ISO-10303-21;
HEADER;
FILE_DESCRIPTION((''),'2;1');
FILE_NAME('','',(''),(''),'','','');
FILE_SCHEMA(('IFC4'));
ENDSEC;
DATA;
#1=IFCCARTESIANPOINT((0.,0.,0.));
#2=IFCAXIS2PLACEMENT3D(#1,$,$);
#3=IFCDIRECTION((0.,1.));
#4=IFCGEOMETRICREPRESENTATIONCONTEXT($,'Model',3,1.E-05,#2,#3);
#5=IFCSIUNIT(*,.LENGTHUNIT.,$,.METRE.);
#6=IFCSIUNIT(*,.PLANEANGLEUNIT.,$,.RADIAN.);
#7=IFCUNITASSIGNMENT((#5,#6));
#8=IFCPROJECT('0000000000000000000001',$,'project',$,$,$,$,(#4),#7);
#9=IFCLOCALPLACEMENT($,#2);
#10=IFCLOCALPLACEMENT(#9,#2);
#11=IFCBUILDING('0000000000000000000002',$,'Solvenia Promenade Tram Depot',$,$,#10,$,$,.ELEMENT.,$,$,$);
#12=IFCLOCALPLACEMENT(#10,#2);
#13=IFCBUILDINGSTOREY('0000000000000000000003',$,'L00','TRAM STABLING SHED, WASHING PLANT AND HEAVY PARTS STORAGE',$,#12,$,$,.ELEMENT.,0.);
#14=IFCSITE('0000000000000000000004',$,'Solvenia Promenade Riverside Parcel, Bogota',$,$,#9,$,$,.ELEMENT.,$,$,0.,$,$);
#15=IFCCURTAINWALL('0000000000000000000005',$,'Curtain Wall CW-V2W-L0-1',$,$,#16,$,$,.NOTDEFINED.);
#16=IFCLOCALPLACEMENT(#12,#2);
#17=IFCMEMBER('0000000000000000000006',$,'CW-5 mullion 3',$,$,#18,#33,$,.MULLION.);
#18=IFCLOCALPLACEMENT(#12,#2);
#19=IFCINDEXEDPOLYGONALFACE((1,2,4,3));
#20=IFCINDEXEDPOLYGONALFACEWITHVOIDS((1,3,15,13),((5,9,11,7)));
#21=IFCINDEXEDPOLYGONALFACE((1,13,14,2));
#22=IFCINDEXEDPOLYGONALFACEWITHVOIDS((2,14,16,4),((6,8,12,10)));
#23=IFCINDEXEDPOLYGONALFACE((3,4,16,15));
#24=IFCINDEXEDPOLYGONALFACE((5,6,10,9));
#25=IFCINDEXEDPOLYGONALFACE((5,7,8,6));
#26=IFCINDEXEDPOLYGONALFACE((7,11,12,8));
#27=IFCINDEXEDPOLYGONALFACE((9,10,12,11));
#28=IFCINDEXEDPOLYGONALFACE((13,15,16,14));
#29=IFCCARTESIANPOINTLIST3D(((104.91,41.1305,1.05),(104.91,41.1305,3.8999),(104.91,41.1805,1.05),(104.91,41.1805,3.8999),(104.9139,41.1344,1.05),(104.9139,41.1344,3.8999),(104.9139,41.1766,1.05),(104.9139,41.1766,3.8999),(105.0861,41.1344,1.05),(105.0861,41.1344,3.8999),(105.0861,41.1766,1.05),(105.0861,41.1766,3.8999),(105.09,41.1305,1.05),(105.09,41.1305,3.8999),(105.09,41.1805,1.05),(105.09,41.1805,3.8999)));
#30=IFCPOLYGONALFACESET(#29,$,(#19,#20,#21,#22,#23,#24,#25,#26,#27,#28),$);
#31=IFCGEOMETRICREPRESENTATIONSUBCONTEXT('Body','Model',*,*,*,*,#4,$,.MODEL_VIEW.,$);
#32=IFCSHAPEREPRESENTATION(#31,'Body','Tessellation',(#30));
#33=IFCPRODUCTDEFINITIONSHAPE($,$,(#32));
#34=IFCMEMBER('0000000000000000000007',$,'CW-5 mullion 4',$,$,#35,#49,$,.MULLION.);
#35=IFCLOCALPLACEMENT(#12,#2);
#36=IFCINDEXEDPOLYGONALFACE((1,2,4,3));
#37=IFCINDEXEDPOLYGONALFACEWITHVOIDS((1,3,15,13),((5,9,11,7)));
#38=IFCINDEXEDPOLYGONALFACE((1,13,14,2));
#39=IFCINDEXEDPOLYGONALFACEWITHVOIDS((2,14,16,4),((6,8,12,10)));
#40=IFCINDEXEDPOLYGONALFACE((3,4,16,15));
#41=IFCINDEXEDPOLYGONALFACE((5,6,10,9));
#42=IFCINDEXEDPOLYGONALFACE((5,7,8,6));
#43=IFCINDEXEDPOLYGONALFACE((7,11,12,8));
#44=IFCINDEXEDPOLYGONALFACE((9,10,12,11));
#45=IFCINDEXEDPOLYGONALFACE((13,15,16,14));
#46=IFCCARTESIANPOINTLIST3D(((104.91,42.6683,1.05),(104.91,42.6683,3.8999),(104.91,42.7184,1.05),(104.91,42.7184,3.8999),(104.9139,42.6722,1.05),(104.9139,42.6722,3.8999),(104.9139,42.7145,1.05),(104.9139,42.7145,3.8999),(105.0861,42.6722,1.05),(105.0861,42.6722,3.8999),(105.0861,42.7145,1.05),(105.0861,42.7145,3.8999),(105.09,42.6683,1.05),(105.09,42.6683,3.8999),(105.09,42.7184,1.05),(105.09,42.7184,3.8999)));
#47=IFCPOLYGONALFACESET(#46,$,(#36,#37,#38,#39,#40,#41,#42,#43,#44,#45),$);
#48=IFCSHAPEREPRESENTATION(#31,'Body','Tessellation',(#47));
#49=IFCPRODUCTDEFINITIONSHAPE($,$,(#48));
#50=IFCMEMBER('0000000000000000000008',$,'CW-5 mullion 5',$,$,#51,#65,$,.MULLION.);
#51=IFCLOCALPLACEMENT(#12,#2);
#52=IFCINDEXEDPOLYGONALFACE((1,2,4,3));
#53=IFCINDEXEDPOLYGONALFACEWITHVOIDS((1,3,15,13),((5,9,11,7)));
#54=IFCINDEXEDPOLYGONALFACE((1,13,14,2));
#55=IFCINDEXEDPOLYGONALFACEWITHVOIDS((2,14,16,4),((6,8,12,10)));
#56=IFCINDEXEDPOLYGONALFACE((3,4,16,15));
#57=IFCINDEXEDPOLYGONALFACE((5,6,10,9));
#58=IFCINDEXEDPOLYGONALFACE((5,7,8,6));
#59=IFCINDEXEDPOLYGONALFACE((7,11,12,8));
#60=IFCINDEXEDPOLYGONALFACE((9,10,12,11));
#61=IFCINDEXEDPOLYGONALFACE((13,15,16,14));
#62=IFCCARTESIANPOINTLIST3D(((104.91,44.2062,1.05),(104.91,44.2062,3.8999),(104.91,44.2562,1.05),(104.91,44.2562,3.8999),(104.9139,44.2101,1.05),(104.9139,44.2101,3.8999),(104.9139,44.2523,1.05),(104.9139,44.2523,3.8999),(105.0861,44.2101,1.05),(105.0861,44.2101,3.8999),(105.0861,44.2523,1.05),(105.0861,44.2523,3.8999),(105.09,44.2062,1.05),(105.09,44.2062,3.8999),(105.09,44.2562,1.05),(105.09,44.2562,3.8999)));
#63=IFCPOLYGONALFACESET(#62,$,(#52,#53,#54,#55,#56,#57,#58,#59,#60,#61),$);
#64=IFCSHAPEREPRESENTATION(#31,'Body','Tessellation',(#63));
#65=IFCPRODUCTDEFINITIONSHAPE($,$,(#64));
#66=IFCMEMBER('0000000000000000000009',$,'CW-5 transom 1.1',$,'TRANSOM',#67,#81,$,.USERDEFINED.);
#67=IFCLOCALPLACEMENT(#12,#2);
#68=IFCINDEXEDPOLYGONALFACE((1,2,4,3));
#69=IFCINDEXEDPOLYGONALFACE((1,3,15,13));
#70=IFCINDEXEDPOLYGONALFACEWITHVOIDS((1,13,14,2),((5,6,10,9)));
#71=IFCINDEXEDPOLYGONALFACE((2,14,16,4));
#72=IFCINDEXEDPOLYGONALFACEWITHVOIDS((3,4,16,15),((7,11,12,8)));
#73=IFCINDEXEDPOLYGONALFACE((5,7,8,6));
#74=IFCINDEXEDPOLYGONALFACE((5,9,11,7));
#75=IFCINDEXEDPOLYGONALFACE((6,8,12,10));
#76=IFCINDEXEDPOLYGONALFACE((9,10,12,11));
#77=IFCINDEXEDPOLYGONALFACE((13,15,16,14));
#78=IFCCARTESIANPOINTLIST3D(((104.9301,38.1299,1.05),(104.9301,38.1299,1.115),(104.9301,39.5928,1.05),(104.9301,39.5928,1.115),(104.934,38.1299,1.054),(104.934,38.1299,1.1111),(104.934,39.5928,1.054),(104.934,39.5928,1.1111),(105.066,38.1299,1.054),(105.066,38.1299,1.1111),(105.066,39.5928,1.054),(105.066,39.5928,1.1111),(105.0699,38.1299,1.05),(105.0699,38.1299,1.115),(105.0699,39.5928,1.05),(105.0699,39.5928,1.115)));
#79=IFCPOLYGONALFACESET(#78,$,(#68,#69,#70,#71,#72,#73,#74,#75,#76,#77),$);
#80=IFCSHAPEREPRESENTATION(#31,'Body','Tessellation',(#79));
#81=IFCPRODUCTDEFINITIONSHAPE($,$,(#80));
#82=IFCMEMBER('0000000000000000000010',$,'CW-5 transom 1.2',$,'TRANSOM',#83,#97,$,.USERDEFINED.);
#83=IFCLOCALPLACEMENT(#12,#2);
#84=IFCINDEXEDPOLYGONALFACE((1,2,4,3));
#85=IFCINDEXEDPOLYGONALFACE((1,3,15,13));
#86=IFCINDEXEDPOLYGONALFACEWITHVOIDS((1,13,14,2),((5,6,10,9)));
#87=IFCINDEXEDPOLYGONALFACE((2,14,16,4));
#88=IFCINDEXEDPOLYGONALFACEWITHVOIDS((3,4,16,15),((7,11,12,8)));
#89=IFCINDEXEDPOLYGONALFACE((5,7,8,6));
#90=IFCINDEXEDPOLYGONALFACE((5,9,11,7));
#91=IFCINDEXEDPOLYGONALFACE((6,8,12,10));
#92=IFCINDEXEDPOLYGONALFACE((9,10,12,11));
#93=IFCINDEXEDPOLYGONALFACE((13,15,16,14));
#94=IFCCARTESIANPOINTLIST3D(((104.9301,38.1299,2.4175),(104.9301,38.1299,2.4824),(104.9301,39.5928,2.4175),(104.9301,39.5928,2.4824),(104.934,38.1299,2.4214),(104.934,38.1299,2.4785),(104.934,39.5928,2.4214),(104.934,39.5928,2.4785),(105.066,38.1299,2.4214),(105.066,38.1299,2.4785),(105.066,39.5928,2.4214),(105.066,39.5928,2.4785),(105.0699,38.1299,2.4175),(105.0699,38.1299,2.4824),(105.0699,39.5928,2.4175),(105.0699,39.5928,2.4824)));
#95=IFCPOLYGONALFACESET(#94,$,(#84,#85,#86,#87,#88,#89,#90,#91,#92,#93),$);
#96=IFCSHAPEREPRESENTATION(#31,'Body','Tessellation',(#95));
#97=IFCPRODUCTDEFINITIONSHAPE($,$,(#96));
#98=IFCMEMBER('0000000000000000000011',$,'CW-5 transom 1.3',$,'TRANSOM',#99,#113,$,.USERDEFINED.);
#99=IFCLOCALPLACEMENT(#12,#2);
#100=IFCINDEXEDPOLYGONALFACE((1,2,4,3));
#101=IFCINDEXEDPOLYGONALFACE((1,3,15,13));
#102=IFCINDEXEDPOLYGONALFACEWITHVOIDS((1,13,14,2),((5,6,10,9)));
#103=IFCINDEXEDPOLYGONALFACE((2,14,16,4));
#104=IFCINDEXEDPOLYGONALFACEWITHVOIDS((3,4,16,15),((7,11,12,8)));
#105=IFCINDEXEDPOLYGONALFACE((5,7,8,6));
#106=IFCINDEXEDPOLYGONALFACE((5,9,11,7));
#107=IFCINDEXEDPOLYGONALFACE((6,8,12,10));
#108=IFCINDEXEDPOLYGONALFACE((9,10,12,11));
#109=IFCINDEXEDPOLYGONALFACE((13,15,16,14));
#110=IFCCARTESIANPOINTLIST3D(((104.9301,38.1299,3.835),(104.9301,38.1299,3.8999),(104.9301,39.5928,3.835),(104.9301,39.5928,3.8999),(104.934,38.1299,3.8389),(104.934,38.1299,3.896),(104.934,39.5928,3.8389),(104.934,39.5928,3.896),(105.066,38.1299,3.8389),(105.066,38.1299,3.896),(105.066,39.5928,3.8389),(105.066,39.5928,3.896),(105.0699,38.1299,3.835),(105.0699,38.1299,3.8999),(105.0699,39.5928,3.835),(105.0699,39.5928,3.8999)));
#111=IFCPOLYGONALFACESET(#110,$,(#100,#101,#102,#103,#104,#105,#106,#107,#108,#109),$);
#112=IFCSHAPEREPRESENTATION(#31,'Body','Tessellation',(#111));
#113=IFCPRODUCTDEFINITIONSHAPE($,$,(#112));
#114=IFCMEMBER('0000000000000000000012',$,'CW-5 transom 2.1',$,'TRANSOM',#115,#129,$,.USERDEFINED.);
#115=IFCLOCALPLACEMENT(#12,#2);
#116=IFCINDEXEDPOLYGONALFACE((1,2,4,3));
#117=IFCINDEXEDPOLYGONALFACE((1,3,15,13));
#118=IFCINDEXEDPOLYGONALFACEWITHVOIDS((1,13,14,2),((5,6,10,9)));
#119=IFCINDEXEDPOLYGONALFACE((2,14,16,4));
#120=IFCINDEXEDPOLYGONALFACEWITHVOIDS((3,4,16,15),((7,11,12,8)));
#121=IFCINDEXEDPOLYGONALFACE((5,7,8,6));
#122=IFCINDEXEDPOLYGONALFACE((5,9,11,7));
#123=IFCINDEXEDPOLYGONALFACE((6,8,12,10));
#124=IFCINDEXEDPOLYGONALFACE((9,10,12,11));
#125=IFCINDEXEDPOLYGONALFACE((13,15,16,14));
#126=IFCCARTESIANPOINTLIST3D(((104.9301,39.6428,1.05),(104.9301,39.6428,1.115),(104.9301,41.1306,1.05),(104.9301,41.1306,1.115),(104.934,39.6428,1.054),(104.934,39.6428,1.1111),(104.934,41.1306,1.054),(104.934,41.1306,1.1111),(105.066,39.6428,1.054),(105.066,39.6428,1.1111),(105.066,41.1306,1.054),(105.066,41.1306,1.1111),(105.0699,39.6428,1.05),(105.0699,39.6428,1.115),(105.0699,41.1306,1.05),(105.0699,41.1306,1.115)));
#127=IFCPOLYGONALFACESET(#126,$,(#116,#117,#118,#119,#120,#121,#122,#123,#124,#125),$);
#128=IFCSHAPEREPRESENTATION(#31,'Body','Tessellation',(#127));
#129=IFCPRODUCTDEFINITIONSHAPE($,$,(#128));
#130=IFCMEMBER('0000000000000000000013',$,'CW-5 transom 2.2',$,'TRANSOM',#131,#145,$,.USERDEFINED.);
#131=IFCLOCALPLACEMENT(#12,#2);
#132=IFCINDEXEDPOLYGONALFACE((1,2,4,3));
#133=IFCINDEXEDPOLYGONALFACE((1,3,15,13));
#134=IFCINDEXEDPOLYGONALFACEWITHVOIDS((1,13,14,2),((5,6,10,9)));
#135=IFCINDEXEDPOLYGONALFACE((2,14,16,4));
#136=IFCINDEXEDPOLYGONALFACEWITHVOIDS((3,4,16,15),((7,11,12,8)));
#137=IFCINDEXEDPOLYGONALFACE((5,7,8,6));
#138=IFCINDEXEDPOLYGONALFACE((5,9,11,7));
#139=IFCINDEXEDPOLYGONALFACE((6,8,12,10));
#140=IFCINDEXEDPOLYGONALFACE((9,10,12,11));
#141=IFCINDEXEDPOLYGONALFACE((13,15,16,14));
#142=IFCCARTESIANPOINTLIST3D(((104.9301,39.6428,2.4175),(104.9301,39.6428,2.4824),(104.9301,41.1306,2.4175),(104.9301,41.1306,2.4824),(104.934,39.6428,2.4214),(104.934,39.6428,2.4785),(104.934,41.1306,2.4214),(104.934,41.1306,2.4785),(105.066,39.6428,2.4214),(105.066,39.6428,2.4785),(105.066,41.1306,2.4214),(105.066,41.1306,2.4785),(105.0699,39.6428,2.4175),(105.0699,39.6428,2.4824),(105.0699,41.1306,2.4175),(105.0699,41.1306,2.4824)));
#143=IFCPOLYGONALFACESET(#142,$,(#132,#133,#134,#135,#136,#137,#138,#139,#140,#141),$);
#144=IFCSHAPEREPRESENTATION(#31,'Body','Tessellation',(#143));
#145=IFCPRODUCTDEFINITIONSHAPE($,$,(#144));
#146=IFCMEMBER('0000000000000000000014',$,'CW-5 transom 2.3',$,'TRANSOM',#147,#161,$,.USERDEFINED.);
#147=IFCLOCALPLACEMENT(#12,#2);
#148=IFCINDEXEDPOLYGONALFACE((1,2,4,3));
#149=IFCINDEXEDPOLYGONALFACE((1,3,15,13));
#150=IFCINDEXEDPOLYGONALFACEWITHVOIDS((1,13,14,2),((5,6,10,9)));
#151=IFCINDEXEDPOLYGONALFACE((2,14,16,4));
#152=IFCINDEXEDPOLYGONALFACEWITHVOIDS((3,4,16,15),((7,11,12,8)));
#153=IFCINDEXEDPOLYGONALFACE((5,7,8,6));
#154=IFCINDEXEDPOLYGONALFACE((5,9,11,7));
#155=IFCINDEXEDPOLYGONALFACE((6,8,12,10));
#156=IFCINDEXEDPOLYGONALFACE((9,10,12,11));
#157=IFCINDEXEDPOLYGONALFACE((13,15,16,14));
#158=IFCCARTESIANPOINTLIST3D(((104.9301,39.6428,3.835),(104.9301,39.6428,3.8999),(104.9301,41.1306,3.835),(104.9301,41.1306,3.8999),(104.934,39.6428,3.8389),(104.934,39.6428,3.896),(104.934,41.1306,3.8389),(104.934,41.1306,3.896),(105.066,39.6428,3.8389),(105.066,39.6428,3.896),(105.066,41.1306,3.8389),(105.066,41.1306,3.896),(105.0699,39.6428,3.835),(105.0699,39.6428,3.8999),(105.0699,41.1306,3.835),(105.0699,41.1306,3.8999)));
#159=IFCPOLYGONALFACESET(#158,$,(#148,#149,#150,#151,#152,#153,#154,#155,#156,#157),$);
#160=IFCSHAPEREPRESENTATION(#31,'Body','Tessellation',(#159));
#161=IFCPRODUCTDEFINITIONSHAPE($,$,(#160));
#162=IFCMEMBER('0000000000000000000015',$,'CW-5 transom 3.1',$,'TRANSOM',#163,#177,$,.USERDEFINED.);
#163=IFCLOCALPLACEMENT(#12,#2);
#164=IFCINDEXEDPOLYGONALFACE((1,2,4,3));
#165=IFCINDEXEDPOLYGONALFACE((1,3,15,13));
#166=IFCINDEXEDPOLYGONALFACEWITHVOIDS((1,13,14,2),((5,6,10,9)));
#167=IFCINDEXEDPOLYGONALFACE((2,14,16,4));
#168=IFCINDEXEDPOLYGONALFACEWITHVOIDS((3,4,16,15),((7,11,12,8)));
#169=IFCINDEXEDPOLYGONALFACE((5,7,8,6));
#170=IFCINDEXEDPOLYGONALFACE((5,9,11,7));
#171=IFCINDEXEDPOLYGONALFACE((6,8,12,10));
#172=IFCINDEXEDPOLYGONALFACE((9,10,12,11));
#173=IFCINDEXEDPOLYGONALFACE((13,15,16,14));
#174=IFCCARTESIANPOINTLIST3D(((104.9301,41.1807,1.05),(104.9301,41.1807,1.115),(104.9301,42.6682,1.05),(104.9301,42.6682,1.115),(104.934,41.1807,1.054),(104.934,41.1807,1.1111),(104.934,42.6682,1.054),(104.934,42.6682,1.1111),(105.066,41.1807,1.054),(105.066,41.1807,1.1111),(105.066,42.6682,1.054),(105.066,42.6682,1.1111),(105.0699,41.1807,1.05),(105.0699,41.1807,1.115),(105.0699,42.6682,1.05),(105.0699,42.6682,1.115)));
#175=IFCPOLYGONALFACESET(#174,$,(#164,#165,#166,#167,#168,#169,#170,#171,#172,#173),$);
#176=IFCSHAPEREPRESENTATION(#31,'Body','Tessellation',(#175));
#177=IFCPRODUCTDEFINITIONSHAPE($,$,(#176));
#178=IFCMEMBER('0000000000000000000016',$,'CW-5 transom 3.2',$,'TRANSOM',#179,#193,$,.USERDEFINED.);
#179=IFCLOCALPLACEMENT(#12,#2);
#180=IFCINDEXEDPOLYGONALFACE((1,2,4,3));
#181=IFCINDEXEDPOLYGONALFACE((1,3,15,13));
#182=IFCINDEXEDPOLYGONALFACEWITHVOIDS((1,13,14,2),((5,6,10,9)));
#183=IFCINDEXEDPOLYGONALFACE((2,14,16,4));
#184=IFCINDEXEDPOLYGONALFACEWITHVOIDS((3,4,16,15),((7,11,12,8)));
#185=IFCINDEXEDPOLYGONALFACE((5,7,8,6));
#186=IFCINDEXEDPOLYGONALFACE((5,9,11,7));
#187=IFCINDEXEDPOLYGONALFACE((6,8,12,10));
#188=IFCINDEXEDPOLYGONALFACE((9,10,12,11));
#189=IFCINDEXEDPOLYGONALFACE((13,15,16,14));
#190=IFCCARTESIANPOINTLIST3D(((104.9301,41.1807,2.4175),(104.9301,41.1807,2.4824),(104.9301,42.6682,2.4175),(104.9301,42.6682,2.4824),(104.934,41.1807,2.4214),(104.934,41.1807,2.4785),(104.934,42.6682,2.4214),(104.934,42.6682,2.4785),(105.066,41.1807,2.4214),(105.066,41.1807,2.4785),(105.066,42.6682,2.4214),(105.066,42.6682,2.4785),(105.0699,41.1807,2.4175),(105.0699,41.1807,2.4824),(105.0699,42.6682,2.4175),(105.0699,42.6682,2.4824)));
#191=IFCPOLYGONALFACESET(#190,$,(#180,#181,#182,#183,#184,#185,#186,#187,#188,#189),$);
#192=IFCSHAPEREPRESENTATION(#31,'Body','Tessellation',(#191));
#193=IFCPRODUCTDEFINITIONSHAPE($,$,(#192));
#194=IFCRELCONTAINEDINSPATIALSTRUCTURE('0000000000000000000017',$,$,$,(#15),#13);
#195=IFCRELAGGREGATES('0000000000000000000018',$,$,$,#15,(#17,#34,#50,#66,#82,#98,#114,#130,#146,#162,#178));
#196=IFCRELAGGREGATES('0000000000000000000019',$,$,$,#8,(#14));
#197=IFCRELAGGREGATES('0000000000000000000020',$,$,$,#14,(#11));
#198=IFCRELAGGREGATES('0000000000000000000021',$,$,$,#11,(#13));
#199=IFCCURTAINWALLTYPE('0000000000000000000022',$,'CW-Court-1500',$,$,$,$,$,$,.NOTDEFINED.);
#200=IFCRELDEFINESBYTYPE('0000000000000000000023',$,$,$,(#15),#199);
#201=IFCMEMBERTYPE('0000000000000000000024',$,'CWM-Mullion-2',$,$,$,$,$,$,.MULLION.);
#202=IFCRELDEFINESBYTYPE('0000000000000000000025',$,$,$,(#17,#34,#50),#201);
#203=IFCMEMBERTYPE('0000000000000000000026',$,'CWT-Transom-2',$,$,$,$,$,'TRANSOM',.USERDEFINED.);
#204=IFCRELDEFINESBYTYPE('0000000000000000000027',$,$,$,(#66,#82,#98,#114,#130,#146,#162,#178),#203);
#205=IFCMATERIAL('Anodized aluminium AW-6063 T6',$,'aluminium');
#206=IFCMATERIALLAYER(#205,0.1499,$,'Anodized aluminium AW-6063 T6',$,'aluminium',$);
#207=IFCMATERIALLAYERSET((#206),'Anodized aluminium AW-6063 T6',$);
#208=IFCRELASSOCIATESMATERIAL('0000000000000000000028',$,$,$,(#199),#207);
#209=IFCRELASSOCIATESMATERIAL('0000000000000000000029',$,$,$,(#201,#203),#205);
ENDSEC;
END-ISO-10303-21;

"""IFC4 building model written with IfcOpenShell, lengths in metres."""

from ifc_helpers import new_model, si_unit, direction, frame, origin, origin_2d, place, context, subcontext, project, spatial, hollow_rectangle, extrude, material, layer, layer_set, material_profile, profile_set, type_object, element, aggregate, save


model = new_model("IFC4")

# Units and contexts
model_context = context("Model", 3, precision=1e-05, world=origin(), true_north=direction((0.0, 1.0)))
body_context = subcontext(model_context, "Body", "Model", "MODEL_VIEW")
ifc_project = project(units=[si_unit("LENGTHUNIT", "METRE"), si_unit("PLANEANGLEUNIT", "RADIAN")], contexts=[model_context])

# Site, building, storey
site_placement = place(None, origin())
site = spatial("IfcSite", under=ifc_project, at=site_placement, Name="Solvenia Promenade Riverside Parcel, Bogota", CompositionType="ELEMENT", RefElevation=0.0)
building_placement = place(site_placement, origin())
building = spatial("IfcBuilding", under=site, at=building_placement, Name="Solvenia Promenade Tram Depot", CompositionType="ELEMENT")
storey_placement = place(building_placement, origin())
storey = spatial("IfcBuildingStorey", under=building, at=storey_placement, Name="L00", Description="TRAM STABLING SHED, WASHING PLANT AND HEAVY PARTS STORAGE", CompositionType="ELEMENT", Elevation=0.0)

# Curtain wall, members
ifc_material_1 = material(Name="Anodized aluminium AW-6063 T6", Category="aluminium")
ifc_layer_1 = layer(ifc_material_1, 0.1499, Name="Anodized aluminium AW-6063 T6", Category="aluminium")
ifc_layer_set_1 = layer_set([ifc_layer_1], Name="Anodized aluminium AW-6063 T6")
curtain_wall_type = type_object("IfcCurtainWallType", Name="CW-Court-1500", PredefinedType="NOTDEFINED", material=ifc_layer_set_1)
curtain_wall_placement = place(storey_placement, origin())
curtain_wall = element("IfcCurtainWall", 1, at=curtain_wall_placement, inside=storey, type_object=curtain_wall_type, Name="Curtain Wall CW-V2W-L0-1", PredefinedType="NOTDEFINED")
ifc_material_profile_1 = material_profile(ifc_material_1, hollow_rectangle(XDim=0.1799, YDim=0.05, WallThickness=0.0039, at=origin_2d()), Name="ALU-M2", Category="aluminium")
ifc_profile_set_1 = profile_set([ifc_material_profile_1], Name="Anodized aluminium AW-6063 T6")
member_type_1 = type_object("IfcMemberType", Name="CWM-Mullion-2", PredefinedType="MULLION", material=ifc_profile_set_1)
member_1_placement = place(storey_placement, frame((105.0, 41.1555, 1.05), z_axis=(0.0, 0.0, 1.0), x_axis=(-1.0, 0.0, 0.0)))
member_1 = element("IfcMember", 2, at=member_1_placement, type_object=member_type_1, Name="CW-5 mullion 3", PredefinedType="MULLION", context=body_context, shape_type="SweptSolid", body=[
    extrude(hollow_rectangle(XDim=0.1799, YDim=0.05, WallThickness=0.0039, at=origin_2d()), origin(), (0.0, 0.0, 1.0), 2.8499),
])
member_2_placement = place(storey_placement, frame((105.0, 42.6934, 1.05), z_axis=(0.0, 0.0, 1.0), x_axis=(-1.0, 0.0, 0.0)))
member_2 = element("IfcMember", 3, at=member_2_placement, type_object=member_type_1, Name="CW-5 mullion 4", PredefinedType="MULLION", context=body_context, shape_type="SweptSolid", body=[
    extrude(hollow_rectangle(XDim=0.1799, YDim=0.05, WallThickness=0.0039, at=origin_2d()), origin(), (0.0, 0.0, 1.0), 2.8499),
])
member_3_placement = place(storey_placement, frame((105.0, 44.2312, 1.05), z_axis=(0.0, 0.0, 1.0), x_axis=(-1.0, 0.0, 0.0)))
member_3 = element("IfcMember", 4, at=member_3_placement, type_object=member_type_1, Name="CW-5 mullion 5", PredefinedType="MULLION", context=body_context, shape_type="SweptSolid", body=[
    extrude(hollow_rectangle(XDim=0.1799, YDim=0.05, WallThickness=0.0039, at=origin_2d()), origin(), (0.0, 0.0, 1.0), 2.8499),
])
ifc_material_profile_2 = material_profile(ifc_material_1, hollow_rectangle(XDim=0.1399, YDim=0.0649, WallThickness=0.0039, at=origin_2d()), Name="ALU-T2", Category="aluminium")
ifc_profile_set_2 = profile_set([ifc_material_profile_2], Name="Anodized aluminium AW-6063 T6")
member_type_2 = type_object("IfcMemberType", Name="CWT-Transom-2", ElementType="TRANSOM", PredefinedType="USERDEFINED", material=ifc_profile_set_2)
member_4_placement = place(storey_placement, frame((105.0, 38.1299, 1.0825), z_axis=(0.0, 1.0, 0.0), x_axis=(-1.0, 0.0, 0.0)))
member_4 = element("IfcMember", 5, at=member_4_placement, type_object=member_type_2, Name="CW-5 transom 1.1", ObjectType="TRANSOM", PredefinedType="USERDEFINED", context=body_context, shape_type="SweptSolid", body=[
    extrude(hollow_rectangle(XDim=0.1399, YDim=0.0649, WallThickness=0.0039, at=origin_2d()), origin(), (0.0, 0.0, 1.0), 1.4629),
])
member_5_placement = place(storey_placement, frame((105.0, 38.1299, 2.45), z_axis=(0.0, 1.0, 0.0), x_axis=(-1.0, 0.0, 0.0)))
member_5 = element("IfcMember", 6, at=member_5_placement, type_object=member_type_2, Name="CW-5 transom 1.2", ObjectType="TRANSOM", PredefinedType="USERDEFINED", context=body_context, shape_type="SweptSolid", body=[
    extrude(hollow_rectangle(XDim=0.1399, YDim=0.0649, WallThickness=0.0039, at=origin_2d()), origin(), (0.0, 0.0, 1.0), 1.4629),
])
member_6_placement = place(storey_placement, frame((105.0, 38.1299, 3.8674), z_axis=(0.0, 1.0, 0.0), x_axis=(-1.0, 0.0, 0.0)))
member_6 = element("IfcMember", 7, at=member_6_placement, type_object=member_type_2, Name="CW-5 transom 1.3", ObjectType="TRANSOM", PredefinedType="USERDEFINED", context=body_context, shape_type="SweptSolid", body=[
    extrude(hollow_rectangle(XDim=0.1399, YDim=0.0649, WallThickness=0.0039, at=origin_2d()), origin(), (0.0, 0.0, 1.0), 1.4629),
])
member_7_placement = place(storey_placement, frame((105.0, 39.6428, 1.0825), z_axis=(0.0, 1.0, 0.0), x_axis=(-1.0, 0.0, 0.0)))
member_7 = element("IfcMember", 8, at=member_7_placement, type_object=member_type_2, Name="CW-5 transom 2.1", ObjectType="TRANSOM", PredefinedType="USERDEFINED", context=body_context, shape_type="SweptSolid", body=[
    extrude(hollow_rectangle(XDim=0.1399, YDim=0.0649, WallThickness=0.0039, at=origin_2d()), origin(), (0.0, 0.0, 1.0), 1.4878),
])
member_8_placement = place(storey_placement, frame((105.0, 39.6428, 2.45), z_axis=(0.0, 1.0, 0.0), x_axis=(-1.0, 0.0, 0.0)))
member_8 = element("IfcMember", 9, at=member_8_placement, type_object=member_type_2, Name="CW-5 transom 2.2", ObjectType="TRANSOM", PredefinedType="USERDEFINED", context=body_context, shape_type="SweptSolid", body=[
    extrude(hollow_rectangle(XDim=0.1399, YDim=0.0649, WallThickness=0.0039, at=origin_2d()), origin(), (0.0, 0.0, 1.0), 1.4878),
])
member_9_placement = place(storey_placement, frame((105.0, 39.6428, 3.8674), z_axis=(0.0, 1.0, 0.0), x_axis=(-1.0, 0.0, 0.0)))
member_9 = element("IfcMember", 10, at=member_9_placement, type_object=member_type_2, Name="CW-5 transom 2.3", ObjectType="TRANSOM", PredefinedType="USERDEFINED", context=body_context, shape_type="SweptSolid", body=[
    extrude(hollow_rectangle(XDim=0.1399, YDim=0.0649, WallThickness=0.0039, at=origin_2d()), origin(), (0.0, 0.0, 1.0), 1.4878),
])
member_10_placement = place(storey_placement, frame((105.0, 41.1807, 1.0825), z_axis=(0.0, 1.0, 0.0), x_axis=(-1.0, 0.0, 0.0)))
member_10 = element("IfcMember", 11, at=member_10_placement, type_object=member_type_2, Name="CW-5 transom 3.1", ObjectType="TRANSOM", PredefinedType="USERDEFINED", context=body_context, shape_type="SweptSolid", body=[
    extrude(hollow_rectangle(XDim=0.1399, YDim=0.0649, WallThickness=0.0039, at=origin_2d()), origin(), (0.0, 0.0, 1.0), 1.4875),
])
member_11_placement = place(storey_placement, frame((105.0, 41.1807, 2.45), z_axis=(0.0, 1.0, 0.0), x_axis=(-1.0, 0.0, 0.0)))
member_11 = element("IfcMember", 12, at=member_11_placement, type_object=member_type_2, Name="CW-5 transom 3.2", ObjectType="TRANSOM", PredefinedType="USERDEFINED", context=body_context, shape_type="SweptSolid", body=[
    extrude(hollow_rectangle(XDim=0.1399, YDim=0.0649, WallThickness=0.0039, at=origin_2d()), origin(), (0.0, 0.0, 1.0), 1.4875),
])
aggregate(curtain_wall, [member_1, member_2, member_3, member_4, member_5, member_6, member_7, member_8, member_9, member_10, member_11])

save(model, "model.ifc")
